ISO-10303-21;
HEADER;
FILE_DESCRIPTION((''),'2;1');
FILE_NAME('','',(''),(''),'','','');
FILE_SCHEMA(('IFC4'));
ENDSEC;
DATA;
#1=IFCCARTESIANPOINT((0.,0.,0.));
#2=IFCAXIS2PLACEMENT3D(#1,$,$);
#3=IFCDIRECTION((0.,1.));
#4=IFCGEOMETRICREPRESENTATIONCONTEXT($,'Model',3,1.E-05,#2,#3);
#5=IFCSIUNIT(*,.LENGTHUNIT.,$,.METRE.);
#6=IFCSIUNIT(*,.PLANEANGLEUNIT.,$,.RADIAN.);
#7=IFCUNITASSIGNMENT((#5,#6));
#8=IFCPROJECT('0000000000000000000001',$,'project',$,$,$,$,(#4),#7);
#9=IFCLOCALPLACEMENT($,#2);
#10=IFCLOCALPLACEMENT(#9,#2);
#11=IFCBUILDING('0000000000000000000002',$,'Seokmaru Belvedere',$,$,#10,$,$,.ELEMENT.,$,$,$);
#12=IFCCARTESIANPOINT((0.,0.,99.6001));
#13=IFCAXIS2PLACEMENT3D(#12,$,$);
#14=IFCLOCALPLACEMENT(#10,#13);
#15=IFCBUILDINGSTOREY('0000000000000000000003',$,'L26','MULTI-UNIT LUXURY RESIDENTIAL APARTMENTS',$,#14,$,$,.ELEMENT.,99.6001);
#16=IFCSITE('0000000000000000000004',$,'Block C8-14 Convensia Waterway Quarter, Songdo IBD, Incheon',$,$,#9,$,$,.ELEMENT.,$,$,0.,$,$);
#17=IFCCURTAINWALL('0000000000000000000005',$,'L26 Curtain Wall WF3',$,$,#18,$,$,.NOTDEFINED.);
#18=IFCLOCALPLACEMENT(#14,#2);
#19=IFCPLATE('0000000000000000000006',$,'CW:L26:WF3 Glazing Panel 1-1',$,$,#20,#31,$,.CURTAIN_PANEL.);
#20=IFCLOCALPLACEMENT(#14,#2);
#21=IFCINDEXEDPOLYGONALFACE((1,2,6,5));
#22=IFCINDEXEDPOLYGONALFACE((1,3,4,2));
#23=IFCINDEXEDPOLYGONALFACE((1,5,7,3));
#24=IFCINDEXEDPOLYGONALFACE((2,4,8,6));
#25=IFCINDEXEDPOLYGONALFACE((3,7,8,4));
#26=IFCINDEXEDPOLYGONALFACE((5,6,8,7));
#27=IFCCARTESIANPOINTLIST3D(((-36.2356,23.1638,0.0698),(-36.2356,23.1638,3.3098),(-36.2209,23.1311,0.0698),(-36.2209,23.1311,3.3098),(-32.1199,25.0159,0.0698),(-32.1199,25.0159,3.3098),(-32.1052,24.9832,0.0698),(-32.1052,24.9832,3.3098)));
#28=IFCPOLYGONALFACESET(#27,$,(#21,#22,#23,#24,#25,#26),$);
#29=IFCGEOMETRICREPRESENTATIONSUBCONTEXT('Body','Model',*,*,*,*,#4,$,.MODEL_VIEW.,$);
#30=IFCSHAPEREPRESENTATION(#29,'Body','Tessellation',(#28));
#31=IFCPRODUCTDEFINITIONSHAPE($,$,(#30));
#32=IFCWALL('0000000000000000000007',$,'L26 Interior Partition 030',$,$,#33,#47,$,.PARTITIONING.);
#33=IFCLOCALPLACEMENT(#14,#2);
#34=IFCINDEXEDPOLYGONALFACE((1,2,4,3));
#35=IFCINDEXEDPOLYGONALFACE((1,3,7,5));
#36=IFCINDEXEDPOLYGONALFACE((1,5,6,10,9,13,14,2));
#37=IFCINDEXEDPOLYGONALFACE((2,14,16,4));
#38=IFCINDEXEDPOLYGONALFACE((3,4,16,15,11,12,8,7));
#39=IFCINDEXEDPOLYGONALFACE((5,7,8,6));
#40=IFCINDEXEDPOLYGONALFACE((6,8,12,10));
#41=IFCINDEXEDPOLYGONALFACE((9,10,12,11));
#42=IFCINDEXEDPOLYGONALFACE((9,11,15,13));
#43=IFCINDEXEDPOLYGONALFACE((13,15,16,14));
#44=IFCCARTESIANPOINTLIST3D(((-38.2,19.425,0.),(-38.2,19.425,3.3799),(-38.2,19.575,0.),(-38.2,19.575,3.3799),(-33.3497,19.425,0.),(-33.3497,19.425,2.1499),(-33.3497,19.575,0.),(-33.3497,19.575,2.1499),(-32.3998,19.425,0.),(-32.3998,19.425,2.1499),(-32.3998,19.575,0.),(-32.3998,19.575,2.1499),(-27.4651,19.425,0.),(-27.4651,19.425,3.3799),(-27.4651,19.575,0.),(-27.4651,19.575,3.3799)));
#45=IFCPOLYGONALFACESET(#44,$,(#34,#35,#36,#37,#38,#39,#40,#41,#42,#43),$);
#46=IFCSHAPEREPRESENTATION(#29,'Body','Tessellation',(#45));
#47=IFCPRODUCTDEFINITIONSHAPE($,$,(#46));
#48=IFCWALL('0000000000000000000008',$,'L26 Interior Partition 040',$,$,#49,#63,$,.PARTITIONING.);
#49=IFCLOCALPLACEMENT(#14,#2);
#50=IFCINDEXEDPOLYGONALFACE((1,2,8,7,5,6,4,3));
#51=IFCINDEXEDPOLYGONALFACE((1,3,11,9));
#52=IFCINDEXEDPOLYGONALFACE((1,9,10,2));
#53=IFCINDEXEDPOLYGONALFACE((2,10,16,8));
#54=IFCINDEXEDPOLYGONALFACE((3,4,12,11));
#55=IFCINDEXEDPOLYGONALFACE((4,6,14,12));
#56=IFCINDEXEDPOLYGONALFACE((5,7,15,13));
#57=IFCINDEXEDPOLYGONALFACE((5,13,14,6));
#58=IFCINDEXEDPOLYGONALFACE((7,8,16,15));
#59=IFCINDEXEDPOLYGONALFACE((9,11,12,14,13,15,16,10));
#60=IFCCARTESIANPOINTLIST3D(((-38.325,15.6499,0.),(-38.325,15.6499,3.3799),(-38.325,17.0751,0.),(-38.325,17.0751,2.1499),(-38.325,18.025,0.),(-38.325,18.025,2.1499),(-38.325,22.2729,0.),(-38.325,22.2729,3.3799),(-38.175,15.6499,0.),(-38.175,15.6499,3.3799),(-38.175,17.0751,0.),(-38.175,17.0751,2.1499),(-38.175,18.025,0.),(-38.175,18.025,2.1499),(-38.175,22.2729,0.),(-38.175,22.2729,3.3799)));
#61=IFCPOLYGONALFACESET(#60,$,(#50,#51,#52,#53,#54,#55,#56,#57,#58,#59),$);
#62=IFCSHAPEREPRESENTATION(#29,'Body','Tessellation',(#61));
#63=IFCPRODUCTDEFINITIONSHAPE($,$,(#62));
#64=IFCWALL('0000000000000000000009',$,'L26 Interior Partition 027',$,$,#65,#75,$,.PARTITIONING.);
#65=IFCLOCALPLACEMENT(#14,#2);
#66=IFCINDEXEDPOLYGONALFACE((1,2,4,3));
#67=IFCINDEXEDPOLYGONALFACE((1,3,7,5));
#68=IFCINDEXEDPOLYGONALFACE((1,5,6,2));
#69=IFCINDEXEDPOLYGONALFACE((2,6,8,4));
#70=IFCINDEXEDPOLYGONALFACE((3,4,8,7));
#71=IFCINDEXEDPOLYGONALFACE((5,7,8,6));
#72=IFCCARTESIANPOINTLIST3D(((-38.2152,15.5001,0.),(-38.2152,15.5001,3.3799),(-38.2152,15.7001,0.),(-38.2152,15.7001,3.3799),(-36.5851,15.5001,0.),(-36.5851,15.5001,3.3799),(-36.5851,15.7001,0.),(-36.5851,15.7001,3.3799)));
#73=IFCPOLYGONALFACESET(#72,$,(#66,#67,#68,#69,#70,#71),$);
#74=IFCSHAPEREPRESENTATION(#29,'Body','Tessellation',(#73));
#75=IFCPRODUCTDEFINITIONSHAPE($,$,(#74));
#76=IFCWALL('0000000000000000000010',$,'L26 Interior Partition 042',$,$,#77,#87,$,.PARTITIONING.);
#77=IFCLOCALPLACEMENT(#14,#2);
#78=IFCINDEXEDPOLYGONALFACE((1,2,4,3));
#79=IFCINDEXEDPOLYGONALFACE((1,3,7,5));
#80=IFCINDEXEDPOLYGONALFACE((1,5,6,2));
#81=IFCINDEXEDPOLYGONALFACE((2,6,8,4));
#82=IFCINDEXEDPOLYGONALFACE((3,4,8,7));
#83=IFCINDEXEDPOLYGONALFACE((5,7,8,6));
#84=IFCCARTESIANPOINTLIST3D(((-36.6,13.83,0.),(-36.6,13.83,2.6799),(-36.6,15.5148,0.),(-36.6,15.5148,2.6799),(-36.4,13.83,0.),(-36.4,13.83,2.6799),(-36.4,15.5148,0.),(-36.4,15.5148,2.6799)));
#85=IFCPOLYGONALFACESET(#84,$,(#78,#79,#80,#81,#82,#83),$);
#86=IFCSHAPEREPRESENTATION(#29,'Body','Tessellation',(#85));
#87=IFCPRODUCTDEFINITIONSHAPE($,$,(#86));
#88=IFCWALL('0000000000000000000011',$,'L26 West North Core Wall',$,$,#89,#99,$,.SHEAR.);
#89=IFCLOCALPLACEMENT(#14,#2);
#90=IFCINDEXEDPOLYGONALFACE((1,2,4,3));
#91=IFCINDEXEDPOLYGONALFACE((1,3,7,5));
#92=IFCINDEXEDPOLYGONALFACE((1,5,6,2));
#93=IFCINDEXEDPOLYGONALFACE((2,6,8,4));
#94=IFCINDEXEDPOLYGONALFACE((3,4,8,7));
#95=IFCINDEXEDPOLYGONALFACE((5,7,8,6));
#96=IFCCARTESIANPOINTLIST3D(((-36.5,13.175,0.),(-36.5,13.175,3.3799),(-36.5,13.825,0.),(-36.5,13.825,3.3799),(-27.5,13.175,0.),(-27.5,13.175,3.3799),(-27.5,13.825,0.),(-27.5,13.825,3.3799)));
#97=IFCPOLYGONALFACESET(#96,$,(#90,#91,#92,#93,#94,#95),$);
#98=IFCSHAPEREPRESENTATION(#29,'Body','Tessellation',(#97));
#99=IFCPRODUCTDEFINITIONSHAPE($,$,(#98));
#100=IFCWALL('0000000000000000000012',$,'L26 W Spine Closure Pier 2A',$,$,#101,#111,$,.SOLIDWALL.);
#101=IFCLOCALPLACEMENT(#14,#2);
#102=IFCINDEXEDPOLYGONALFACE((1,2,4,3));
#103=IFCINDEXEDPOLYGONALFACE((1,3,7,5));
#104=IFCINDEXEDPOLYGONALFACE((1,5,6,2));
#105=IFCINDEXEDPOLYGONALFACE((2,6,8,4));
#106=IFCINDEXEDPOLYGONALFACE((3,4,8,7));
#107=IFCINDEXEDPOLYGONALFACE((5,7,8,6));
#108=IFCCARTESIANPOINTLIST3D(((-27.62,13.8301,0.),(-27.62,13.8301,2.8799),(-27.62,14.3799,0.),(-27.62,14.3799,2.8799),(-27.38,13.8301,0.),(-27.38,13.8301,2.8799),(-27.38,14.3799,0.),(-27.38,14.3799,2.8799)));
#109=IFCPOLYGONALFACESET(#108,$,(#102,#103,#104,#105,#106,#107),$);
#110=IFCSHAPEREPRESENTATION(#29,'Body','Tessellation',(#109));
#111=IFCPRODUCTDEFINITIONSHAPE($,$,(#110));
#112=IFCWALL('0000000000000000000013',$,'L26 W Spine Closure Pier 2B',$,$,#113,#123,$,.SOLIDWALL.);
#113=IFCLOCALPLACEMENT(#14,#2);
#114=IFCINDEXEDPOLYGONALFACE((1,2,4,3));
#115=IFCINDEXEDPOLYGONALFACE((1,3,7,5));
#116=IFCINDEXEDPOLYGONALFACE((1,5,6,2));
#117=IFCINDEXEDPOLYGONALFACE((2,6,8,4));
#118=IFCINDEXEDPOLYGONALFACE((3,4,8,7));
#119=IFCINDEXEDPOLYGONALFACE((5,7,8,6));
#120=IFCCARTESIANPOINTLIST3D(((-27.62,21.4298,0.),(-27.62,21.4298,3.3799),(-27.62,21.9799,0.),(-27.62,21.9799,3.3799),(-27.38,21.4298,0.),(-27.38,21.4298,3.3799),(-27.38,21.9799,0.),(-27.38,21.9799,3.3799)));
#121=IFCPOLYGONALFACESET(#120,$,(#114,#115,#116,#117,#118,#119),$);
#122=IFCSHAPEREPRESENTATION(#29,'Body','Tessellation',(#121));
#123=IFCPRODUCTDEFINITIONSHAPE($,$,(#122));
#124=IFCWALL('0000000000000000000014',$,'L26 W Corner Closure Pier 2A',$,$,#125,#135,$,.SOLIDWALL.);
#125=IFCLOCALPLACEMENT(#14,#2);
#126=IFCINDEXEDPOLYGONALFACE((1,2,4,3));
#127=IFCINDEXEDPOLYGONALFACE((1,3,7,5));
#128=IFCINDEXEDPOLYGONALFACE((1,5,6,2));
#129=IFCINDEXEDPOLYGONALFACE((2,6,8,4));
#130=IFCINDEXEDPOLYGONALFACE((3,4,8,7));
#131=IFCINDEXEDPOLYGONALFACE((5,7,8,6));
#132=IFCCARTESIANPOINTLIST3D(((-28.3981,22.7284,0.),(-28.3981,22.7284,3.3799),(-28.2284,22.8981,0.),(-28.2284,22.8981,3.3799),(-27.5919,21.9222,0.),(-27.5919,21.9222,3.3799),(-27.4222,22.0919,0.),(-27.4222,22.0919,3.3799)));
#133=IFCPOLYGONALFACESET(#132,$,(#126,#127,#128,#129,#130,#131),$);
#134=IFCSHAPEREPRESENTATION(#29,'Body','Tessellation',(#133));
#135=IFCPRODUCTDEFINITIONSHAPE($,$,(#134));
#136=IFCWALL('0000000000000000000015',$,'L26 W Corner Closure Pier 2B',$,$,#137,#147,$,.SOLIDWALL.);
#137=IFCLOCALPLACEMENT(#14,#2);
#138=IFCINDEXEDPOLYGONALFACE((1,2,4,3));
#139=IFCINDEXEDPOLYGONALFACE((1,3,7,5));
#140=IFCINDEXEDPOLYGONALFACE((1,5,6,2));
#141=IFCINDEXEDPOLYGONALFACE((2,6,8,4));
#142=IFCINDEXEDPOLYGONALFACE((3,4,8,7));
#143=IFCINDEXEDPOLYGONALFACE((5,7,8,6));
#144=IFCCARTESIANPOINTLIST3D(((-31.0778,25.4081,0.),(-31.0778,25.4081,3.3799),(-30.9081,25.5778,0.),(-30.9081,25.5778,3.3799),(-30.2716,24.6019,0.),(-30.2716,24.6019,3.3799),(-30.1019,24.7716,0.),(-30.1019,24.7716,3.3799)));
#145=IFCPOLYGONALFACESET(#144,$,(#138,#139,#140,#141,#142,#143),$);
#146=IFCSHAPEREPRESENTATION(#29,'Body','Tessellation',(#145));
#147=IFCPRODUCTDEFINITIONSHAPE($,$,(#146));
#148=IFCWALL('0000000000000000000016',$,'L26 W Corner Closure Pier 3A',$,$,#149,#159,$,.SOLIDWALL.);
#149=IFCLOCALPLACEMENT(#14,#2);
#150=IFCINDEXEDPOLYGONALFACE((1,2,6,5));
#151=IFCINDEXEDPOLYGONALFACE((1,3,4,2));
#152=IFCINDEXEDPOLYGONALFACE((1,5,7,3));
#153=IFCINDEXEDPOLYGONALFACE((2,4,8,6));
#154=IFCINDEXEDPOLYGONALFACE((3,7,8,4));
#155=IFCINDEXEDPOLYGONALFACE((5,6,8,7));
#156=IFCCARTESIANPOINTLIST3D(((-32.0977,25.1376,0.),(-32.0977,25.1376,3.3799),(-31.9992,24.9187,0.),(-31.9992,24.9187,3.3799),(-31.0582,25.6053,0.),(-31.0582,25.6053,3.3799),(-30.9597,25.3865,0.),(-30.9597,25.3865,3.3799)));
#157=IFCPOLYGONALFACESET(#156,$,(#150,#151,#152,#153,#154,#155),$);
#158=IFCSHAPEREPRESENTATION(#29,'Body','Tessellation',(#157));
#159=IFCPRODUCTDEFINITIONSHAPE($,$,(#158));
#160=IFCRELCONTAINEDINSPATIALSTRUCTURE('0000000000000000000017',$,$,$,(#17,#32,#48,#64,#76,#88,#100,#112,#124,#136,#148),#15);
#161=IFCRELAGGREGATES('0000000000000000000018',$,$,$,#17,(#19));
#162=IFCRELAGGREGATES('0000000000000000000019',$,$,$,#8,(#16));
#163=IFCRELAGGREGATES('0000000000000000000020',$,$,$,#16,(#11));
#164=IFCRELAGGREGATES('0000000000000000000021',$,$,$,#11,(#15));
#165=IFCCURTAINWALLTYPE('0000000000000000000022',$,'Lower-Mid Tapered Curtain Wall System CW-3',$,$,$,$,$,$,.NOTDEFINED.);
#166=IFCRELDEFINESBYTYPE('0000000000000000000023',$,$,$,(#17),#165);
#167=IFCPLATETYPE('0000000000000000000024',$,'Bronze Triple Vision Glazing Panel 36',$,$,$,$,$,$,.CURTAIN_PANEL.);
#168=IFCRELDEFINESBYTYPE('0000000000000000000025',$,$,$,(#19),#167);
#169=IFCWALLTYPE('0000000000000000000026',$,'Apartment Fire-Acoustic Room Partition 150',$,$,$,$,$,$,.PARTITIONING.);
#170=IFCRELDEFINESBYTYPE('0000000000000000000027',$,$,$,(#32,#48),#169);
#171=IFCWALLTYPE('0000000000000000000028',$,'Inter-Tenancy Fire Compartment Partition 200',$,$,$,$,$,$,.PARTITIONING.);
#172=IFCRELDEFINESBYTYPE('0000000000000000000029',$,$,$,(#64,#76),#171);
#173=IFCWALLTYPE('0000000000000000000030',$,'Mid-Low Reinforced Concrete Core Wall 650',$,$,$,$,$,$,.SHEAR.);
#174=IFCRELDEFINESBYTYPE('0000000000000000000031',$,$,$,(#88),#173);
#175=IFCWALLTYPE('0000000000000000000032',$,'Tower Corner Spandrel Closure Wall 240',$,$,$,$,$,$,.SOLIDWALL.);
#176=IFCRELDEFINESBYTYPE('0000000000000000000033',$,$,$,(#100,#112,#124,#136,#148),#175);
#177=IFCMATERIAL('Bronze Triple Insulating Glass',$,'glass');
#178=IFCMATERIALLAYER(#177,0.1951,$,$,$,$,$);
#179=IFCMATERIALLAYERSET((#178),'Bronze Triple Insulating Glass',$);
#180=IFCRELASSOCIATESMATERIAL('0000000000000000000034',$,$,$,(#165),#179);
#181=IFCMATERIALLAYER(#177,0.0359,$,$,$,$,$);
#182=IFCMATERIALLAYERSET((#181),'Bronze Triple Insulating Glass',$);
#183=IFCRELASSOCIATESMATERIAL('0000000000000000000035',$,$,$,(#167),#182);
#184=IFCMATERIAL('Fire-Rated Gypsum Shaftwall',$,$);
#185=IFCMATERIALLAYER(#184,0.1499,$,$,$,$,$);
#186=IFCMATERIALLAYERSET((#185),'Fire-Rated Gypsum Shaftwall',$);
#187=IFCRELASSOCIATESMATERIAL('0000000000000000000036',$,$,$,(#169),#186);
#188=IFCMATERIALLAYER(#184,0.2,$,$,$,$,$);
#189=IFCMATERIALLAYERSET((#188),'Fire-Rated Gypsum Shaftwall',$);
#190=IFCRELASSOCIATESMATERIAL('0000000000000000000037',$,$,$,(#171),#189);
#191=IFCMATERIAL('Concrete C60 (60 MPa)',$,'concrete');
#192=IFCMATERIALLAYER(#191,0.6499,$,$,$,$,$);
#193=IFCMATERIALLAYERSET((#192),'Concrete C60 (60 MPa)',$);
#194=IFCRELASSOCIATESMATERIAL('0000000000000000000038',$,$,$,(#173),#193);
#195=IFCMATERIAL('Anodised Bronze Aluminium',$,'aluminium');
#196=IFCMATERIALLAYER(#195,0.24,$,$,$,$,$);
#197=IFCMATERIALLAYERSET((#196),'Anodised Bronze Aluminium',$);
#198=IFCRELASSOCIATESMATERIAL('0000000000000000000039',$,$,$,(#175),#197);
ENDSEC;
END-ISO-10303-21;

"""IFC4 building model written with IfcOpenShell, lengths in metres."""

from ifc_helpers import new_model, si_unit, direction, frame, frame_2d, origin, origin_2d, place, context, subcontext, project, spatial, rectangle, extrude, source, transform, mapped, material, layer, layer_set, type_object, element, aggregate, save


model = new_model("IFC4")

# Units and contexts
model_context = context("Model", 3, precision=1e-05, world=origin(), true_north=direction((0.0, 1.0)))
body_context = subcontext(model_context, "Body", "Model", "MODEL_VIEW")
ifc_project = project(units=[si_unit("LENGTHUNIT", "METRE"), si_unit("PLANEANGLEUNIT", "RADIAN")], contexts=[model_context])

# Site, building, storey
site_placement = place(None, origin())
site = spatial("IfcSite", under=ifc_project, at=site_placement, Name="Block C8-14 Convensia Waterway Quarter, Songdo IBD, Incheon", CompositionType="ELEMENT", RefElevation=0.0)
building_placement = place(site_placement, origin())
building = spatial("IfcBuilding", under=site, at=building_placement, Name="Seokmaru Belvedere", CompositionType="ELEMENT")
storey_placement = place(building_placement, frame((0.0, 0.0, 99.6001)))
storey = spatial("IfcBuildingStorey", under=building, at=storey_placement, Name="L26", Description="MULTI-UNIT LUXURY RESIDENTIAL APARTMENTS", CompositionType="ELEMENT", Elevation=99.6001)

# Shared definitions
ifc_material_1 = material(Name="Bronze Triple Insulating Glass", Category="glass")
ifc_layer_1 = layer(ifc_material_1, 0.1951)
ifc_layer_set_1 = layer_set([ifc_layer_1], Name="Bronze Triple Insulating Glass")
curtain_wall_type = type_object("IfcCurtainWallType", Name="Lower-Mid Tapered Curtain Wall System CW-3", PredefinedType="NOTDEFINED", material=ifc_layer_set_1)
ifc_material_2 = material(Name="Anodised Bronze Aluminium", Category="aluminium")

# Curtain wall
curtain_wall_1_placement = place(storey_placement, origin())
curtain_wall_1 = element("IfcCurtainWall", 1, at=curtain_wall_1_placement, inside=storey, type_object=curtain_wall_type, Name="L26 Curtain Wall WF3", PredefinedType="NOTDEFINED")

# Plate
ifc_layer_2 = layer(ifc_material_1, 0.0359)
ifc_layer_set_2 = layer_set([ifc_layer_2], Name="Bronze Triple Insulating Glass")
plate_type = type_object("IfcPlateType", Name="Bronze Triple Vision Glazing Panel 36", PredefinedType="CURTAIN_PANEL", material=ifc_layer_set_2)
shared_shape_1 = source(origin(), body_context, "Body", "SweptSolid", [
    extrude(rectangle(XDim=4.5132, YDim=0.0359, at=origin_2d()), origin(), (0.0, 0.0, 1.0), 3.24),
])
plate_1_placement = place(storey_placement, frame((-34.1704, 24.0735, 0.0698), z_axis=(0.0, 0.0, 1.0), x_axis=(-0.911921, -0.410366, 0.0)))
plate_1 = element("IfcPlate", 2, at=plate_1_placement, type_object=plate_type, Name="CW:L26:WF3 Glazing Panel 1-1", PredefinedType="CURTAIN_PANEL", context=body_context, shape_type="MappedRepresentation", body=[
    mapped(shared_shape_1, transform((0.0, 0.0, 0.0), scale=1.0)),
])
aggregate(curtain_wall_1, [plate_1])

# Walls, openings
ifc_material_3 = material(Name="Fire-Rated Gypsum Shaftwall")
ifc_layer_3 = layer(ifc_material_3, 0.1499)
ifc_layer_set_3 = layer_set([ifc_layer_3], Name="Fire-Rated Gypsum Shaftwall")
wall_type_1 = type_object("IfcWallType", Name="Apartment Fire-Acoustic Room Partition 150", PredefinedType="PARTITIONING", material=ifc_layer_set_3)
wall_1_placement = place(storey_placement, frame((-38.2, 19.5, 0.0), z_axis=(0.0, 0.0, 1.0), x_axis=(1.0, 0.0, 0.0)))
wall_1 = element("IfcWall", 3, at=wall_1_placement, inside=storey, type_object=wall_type_1, Name="L26 Interior Partition 030", PredefinedType="PARTITIONING", context=body_context, shape_type="SweptSolid", body=[
    extrude(rectangle(XDim=10.7349, YDim=0.1499, at=frame_2d((5.3674, 0.0))), origin(), (0.0, 0.0, 1.0), 3.3799),
])
opening_1_placement = place(wall_1_placement, frame((4.8501, 0.0, 0.0)))
element("IfcOpeningElement", 4, at=opening_1_placement, cuts=wall_1, PredefinedType="OPENING", context=body_context, shape_type="SweptSolid", body=[
    extrude(rectangle(XDim=0.95, YDim=2.1499, at=frame_2d((0.4751, 1.075))), frame((0.0, 0.085, 0.0), z_axis=(0.0, -1.0, 0.0), x_axis=(1.0, 0.0, 0.0)), (0.0, 0.0, 1.0), 0.1699),
])
wall_2_placement = place(storey_placement, frame((-38.25, 15.6499, 0.0), z_axis=(0.0, 0.0, 1.0), x_axis=(0.0, 1.0, 0.0)))
wall_2 = element("IfcWall", 5, at=wall_2_placement, inside=storey, type_object=wall_type_1, Name="L26 Interior Partition 040", PredefinedType="PARTITIONING", context=body_context, shape_type="SweptSolid", body=[
    extrude(rectangle(XDim=6.623, YDim=0.1499, at=frame_2d((3.3115, 0.0))), origin(), (0.0, 0.0, 1.0), 3.3799),
])
opening_2_placement = place(wall_2_placement, frame((1.425, 0.0, 0.0)))
element("IfcOpeningElement", 6, at=opening_2_placement, cuts=wall_2, PredefinedType="OPENING", context=body_context, shape_type="SweptSolid", body=[
    extrude(rectangle(XDim=0.95, YDim=2.1499, at=frame_2d((0.4751, 1.075))), frame((0.0, 0.085, 0.0), z_axis=(0.0, -1.0, 0.0), x_axis=(1.0, 0.0, 0.0)), (0.0, 0.0, 1.0), 0.1699),
])

# Walls
ifc_layer_4 = layer(ifc_material_3, 0.2)
ifc_layer_set_4 = layer_set([ifc_layer_4], Name="Fire-Rated Gypsum Shaftwall")
wall_type_2 = type_object("IfcWallType", Name="Inter-Tenancy Fire Compartment Partition 200", PredefinedType="PARTITIONING", material=ifc_layer_set_4)
wall_3_placement = place(storey_placement, frame((-38.2151, 15.6001, 0.0), z_axis=(0.0, 0.0, 1.0), x_axis=(1.0, 0.0, 0.0)))
element("IfcWall", 7, at=wall_3_placement, inside=storey, type_object=wall_type_2, Name="L26 Interior Partition 027", PredefinedType="PARTITIONING", context=body_context, shape_type="SweptSolid", body=[
    extrude(rectangle(XDim=1.6301, YDim=0.2, at=frame_2d((0.8149, 0.0))), origin(), (0.0, 0.0, 1.0), 3.3799),
])
wall_4_placement = place(storey_placement, frame((-36.5, 13.8301, 0.0), z_axis=(0.0, 0.0, 1.0), x_axis=(0.0, 1.0, 0.0)))
element("IfcWall", 8, at=wall_4_placement, inside=storey, type_object=wall_type_2, Name="L26 Interior Partition 042", PredefinedType="PARTITIONING", context=body_context, shape_type="SweptSolid", body=[
    extrude(rectangle(XDim=1.6848, YDim=0.2, at=frame_2d((0.8423, 0.0))), origin(), (0.0, 0.0, 1.0), 2.6799),
])
ifc_material_4 = material(Name="Concrete C60 (60 MPa)", Category="concrete")
ifc_layer_5 = layer(ifc_material_4, 0.6499)
ifc_layer_set_5 = layer_set([ifc_layer_5], Name="Concrete C60 (60 MPa)")
wall_type_3 = type_object("IfcWallType", Name="Mid-Low Reinforced Concrete Core Wall 650", PredefinedType="SHEAR", material=ifc_layer_set_5)
wall_5_placement = place(storey_placement, frame((-36.5, 13.5, 0.0), z_axis=(0.0, 0.0, 1.0), x_axis=(1.0, 0.0, 0.0)))
element("IfcWall", 9, at=wall_5_placement, inside=storey, type_object=wall_type_3, Name="L26 West North Core Wall", PredefinedType="SHEAR", context=body_context, shape_type="SweptSolid", body=[
    extrude(rectangle(XDim=9.0, YDim=0.6499, at=frame_2d((4.5, 0.0))), origin(), (0.0, 0.0, 1.0), 3.3799),
])
ifc_layer_6 = layer(ifc_material_2, 0.24)
ifc_layer_set_6 = layer_set([ifc_layer_6], Name="Anodised Bronze Aluminium")
wall_type_4 = type_object("IfcWallType", Name="Tower Corner Spandrel Closure Wall 240", PredefinedType="SOLIDWALL", material=ifc_layer_set_6)
wall_6_placement = place(storey_placement, frame((-27.5, 13.8301, 0.0), z_axis=(0.0, 0.0, 1.0), x_axis=(0.0, 1.0, 0.0)))
element("IfcWall", 10, at=wall_6_placement, inside=storey, type_object=wall_type_4, Name="L26 W Spine Closure Pier 2A", PredefinedType="SOLIDWALL", context=body_context, shape_type="SweptSolid", body=[
    extrude(rectangle(XDim=0.5498, YDim=0.24, at=frame_2d((0.2749, 0.0))), origin(), (0.0, 0.0, 1.0), 2.8799),
])
wall_7_placement = place(storey_placement, frame((-27.5, 21.4299, 0.0), z_axis=(0.0, 0.0, 1.0), x_axis=(0.0, 1.0, 0.0)))
element("IfcWall", 11, at=wall_7_placement, inside=storey, type_object=wall_type_4, Name="L26 W Spine Closure Pier 2B", PredefinedType="SOLIDWALL", context=body_context, shape_type="SweptSolid", body=[
    extrude(rectangle(XDim=0.55, YDim=0.24, at=frame_2d((0.2749, 0.0))), origin(), (0.0, 0.0, 1.0), 3.3799),
])
for number, where, z_axis, x_axis, name in (
    (12, (-27.5071, 22.0071, 0.0), (0.0, 0.0, 1.0), (-0.707107, 0.707107, 0.0), "L26 W Corner Closure Pier 2A"),
    (13, (-30.1868, 24.6868, 0.0), (0.0, 0.0, 1.0), (-0.707107, 0.707107, 0.0), "L26 W Corner Closure Pier 2B"),
):
    element("IfcWall", number, at=place(storey_placement, frame(where, z_axis=z_axis, x_axis=x_axis)), inside=storey, type_object=wall_type_4, Name=name, PredefinedType="SOLIDWALL", context=body_context, shape_type="SweptSolid", body=[
        extrude(rectangle(XDim=1.1401, YDim=0.24, at=frame_2d((0.5701, 0.0))), origin(), (0.0, 0.0, 1.0), 3.3799),
    ])
wall_8_placement = place(storey_placement, frame((-31.009, 25.4958, 0.0), z_axis=(0.0, 0.0, 1.0), x_axis=(-0.91193, -0.410347, 0.0)))
element("IfcWall", 14, at=wall_8_placement, inside=storey, type_object=wall_type_4, Name="L26 W Corner Closure Pier 3A", PredefinedType="SOLIDWALL", context=body_context, shape_type="SweptSolid", body=[
    extrude(rectangle(XDim=1.1399, YDim=0.24, at=frame_2d((0.5698, 0.0))), origin(), (0.0, 0.0, 1.0), 3.3799),
])

save(model, "model.ifc")
